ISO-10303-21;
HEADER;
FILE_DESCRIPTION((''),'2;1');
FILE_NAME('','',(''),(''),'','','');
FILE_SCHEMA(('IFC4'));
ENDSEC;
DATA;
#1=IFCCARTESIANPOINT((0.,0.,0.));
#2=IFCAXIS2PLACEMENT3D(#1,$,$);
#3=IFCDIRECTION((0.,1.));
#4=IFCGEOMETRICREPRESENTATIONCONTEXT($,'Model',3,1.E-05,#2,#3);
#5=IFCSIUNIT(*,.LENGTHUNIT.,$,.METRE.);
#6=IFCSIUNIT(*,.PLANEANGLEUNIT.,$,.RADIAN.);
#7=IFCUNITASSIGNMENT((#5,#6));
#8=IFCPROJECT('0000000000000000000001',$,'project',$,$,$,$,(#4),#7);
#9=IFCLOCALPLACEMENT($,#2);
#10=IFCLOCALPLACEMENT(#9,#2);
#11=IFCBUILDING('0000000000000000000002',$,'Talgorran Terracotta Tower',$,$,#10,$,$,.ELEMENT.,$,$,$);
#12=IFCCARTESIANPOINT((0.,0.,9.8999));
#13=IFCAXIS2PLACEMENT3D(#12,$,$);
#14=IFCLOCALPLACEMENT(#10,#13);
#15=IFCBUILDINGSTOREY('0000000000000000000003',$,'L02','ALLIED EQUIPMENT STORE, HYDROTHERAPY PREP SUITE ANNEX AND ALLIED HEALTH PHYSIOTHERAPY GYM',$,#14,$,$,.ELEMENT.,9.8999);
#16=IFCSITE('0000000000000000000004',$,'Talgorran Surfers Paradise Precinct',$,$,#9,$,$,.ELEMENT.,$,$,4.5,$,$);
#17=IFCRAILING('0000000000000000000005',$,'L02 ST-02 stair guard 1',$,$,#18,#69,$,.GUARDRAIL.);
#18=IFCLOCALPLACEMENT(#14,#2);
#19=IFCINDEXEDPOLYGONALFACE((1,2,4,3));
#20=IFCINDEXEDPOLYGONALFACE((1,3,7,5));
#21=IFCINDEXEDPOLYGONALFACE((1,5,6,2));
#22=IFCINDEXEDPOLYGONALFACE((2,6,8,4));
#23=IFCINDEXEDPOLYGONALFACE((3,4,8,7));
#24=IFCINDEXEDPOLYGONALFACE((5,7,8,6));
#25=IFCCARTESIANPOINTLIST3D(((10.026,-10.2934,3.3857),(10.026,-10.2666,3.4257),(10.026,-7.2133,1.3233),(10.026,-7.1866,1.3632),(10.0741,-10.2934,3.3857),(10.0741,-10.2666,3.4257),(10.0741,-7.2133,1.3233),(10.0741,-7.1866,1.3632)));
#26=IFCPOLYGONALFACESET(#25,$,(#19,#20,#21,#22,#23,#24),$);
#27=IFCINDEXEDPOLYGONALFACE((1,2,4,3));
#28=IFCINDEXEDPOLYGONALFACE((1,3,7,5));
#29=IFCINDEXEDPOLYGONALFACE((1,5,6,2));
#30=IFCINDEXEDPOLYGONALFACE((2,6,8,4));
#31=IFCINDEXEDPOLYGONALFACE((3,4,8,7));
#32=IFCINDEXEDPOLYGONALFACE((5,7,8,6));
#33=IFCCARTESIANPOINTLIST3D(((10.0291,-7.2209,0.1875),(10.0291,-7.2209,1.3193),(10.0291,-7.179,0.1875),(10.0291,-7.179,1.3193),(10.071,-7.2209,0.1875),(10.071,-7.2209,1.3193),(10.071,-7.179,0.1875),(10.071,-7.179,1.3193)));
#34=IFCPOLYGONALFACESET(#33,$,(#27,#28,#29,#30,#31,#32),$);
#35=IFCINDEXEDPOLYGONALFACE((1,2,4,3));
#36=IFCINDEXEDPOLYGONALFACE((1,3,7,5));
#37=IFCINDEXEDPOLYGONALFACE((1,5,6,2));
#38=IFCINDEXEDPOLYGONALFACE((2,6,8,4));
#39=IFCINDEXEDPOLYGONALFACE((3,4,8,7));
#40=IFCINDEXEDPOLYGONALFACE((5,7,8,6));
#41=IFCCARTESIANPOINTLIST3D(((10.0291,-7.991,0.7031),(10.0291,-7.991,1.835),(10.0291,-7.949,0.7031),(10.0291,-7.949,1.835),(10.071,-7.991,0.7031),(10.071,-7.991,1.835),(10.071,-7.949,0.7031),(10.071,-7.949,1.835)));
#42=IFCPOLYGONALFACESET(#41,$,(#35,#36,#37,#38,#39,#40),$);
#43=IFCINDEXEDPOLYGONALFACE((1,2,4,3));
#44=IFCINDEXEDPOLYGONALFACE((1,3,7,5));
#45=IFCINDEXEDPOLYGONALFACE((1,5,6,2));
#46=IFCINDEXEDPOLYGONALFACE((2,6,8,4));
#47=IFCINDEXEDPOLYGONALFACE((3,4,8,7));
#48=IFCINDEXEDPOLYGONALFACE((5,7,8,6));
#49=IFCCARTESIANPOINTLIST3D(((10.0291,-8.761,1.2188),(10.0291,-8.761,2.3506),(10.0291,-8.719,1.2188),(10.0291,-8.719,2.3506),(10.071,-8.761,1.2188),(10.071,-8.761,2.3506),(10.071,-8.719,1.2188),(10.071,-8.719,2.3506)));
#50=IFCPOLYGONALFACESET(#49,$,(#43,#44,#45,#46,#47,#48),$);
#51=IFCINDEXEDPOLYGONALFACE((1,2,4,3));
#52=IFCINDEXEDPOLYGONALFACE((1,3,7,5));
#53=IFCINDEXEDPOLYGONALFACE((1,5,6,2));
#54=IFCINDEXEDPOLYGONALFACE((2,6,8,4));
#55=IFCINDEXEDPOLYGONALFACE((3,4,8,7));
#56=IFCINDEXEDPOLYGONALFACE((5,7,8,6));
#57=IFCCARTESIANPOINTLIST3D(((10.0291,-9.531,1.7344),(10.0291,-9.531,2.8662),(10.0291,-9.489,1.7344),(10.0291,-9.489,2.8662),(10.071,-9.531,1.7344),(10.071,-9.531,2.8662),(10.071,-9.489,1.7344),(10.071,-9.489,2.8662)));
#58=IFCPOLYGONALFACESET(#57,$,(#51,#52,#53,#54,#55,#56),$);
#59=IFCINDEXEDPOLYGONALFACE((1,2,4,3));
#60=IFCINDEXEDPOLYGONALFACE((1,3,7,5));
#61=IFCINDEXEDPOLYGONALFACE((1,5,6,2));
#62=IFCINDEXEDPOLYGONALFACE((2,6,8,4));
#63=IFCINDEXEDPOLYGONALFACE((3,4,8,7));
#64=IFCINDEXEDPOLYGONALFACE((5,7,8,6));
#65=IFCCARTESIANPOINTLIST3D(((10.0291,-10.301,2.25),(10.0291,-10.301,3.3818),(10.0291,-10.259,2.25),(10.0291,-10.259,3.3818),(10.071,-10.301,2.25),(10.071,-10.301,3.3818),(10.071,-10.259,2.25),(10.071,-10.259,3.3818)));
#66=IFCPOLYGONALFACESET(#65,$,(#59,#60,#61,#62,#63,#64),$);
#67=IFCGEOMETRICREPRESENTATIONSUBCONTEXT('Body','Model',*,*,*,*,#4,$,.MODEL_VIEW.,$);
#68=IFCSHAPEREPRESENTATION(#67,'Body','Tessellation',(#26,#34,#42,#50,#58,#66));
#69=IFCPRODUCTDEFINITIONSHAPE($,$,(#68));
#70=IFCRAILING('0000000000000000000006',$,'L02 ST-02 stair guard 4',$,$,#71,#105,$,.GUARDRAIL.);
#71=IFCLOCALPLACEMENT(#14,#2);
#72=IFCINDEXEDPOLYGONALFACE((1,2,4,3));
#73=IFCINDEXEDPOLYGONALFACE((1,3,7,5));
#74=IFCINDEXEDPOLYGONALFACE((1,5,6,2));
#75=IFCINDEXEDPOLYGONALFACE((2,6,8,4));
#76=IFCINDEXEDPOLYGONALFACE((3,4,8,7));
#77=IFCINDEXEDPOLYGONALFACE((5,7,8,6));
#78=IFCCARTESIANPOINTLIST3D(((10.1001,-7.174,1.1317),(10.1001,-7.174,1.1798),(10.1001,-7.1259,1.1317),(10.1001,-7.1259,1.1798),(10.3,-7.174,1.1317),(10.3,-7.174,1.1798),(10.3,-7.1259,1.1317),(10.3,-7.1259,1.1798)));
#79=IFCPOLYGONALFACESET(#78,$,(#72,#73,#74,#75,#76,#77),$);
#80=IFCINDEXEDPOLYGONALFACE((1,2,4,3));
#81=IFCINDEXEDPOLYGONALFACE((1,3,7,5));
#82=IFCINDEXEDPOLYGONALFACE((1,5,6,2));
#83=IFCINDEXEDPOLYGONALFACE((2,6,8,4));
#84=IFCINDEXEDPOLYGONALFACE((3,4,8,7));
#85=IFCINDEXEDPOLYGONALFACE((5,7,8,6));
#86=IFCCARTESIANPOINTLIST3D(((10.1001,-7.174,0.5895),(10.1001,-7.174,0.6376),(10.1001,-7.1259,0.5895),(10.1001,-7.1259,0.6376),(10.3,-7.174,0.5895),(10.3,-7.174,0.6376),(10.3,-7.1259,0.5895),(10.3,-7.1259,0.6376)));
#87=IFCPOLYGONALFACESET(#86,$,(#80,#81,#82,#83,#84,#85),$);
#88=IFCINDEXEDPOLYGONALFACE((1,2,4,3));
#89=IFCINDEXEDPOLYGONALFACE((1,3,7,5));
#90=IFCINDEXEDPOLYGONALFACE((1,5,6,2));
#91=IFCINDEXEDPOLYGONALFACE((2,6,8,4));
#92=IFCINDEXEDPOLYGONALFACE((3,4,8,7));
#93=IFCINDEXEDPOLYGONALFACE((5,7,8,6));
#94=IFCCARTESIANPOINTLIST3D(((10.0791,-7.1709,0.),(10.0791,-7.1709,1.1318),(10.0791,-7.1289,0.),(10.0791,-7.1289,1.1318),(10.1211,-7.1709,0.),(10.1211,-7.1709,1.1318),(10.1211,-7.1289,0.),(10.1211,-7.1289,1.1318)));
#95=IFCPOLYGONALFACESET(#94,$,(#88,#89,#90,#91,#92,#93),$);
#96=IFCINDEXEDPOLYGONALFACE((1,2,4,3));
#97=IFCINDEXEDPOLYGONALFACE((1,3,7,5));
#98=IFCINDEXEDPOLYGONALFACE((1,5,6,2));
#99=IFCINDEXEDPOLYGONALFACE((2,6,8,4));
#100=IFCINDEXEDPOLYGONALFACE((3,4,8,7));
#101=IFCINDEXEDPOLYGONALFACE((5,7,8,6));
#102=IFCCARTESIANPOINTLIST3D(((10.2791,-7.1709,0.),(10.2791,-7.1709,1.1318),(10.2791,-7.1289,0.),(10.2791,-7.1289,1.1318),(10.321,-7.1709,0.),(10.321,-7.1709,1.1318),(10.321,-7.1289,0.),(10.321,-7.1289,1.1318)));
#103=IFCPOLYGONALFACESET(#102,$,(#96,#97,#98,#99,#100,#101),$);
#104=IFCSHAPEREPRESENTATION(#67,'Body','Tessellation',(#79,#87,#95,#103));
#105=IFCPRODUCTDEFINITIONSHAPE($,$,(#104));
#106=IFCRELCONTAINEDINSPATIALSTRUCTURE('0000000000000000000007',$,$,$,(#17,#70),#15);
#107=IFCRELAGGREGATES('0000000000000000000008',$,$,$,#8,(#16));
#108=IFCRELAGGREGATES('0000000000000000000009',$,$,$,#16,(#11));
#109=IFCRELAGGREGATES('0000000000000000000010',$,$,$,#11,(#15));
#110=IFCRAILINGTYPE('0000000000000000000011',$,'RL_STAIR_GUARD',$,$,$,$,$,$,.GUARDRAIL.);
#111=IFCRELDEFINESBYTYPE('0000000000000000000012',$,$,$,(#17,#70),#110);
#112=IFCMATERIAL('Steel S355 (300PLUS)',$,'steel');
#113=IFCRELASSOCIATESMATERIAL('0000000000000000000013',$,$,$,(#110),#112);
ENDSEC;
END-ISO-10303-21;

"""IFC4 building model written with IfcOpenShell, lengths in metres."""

from ifc_helpers import new_model, si_unit, direction, frame, origin, origin_2d, place, context, subcontext, project, spatial, rectangle, extrude, material, type_object, element, save


model = new_model("IFC4")

# Units and contexts
model_context = context("Model", 3, precision=1e-05, world=origin(), true_north=direction((0.0, 1.0)))
body_context = subcontext(model_context, "Body", "Model", "MODEL_VIEW")
ifc_project = project(units=[si_unit("LENGTHUNIT", "METRE"), si_unit("PLANEANGLEUNIT", "RADIAN")], contexts=[model_context])

# Site, building, storey
site_placement = place(None, origin())
site = spatial("IfcSite", under=ifc_project, at=site_placement, Name="Talgorran Surfers Paradise Precinct", CompositionType="ELEMENT", RefElevation=4.5)
building_placement = place(site_placement, origin())
building = spatial("IfcBuilding", under=site, at=building_placement, Name="Talgorran Terracotta Tower", CompositionType="ELEMENT")
storey_placement = place(building_placement, frame((0.0, 0.0, 9.8999)))
storey = spatial("IfcBuildingStorey", under=building, at=storey_placement, Name="L02", Description="ALLIED EQUIPMENT STORE, HYDROTHERAPY PREP SUITE ANNEX AND ALLIED HEALTH PHYSIOTHERAPY GYM", CompositionType="ELEMENT", Elevation=9.8999)

# Shared definitions
ifc_material_1 = material(Name="Steel S355 (300PLUS)", Category="steel")

# Railings
railing_type_1 = type_object("IfcRailingType", Name="RL_STAIR_GUARD", PredefinedType="GUARDRAIL", material=ifc_material_1)
railing_1_placement = place(storey_placement, frame((10.05, -7.2, 0.1875)))
element("IfcRailing", 1, at=railing_1_placement, inside=storey, type_object=railing_type_1, Name="L02 ST-02 stair guard 1", PredefinedType="GUARDRAIL", context=body_context, shape_type="SweptSolid", body=[
    extrude(rectangle(XDim=0.0481, YDim=0.0481, at=origin_2d()), frame((0.0, 0.0, 1.1558), z_axis=(0.0, -0.830914, 0.556401), x_axis=(1.0, 0.0, 0.0)), (0.0, 0.0, 1.0), 3.7068),
    extrude(rectangle(XDim=0.042, YDim=0.042, at=origin_2d()), origin(), (0.0, 0.0, 1.0), 1.1318),
    extrude(rectangle(XDim=0.042, YDim=0.042, at=origin_2d()), frame((0.0, -0.77, 0.5156)), (0.0, 0.0, 1.0), 1.1318),
    extrude(rectangle(XDim=0.042, YDim=0.042, at=origin_2d()), frame((0.0, -1.54, 1.0312)), (0.0, 0.0, 1.0), 1.1318),
    extrude(rectangle(XDim=0.042, YDim=0.042, at=origin_2d()), frame((0.0, -2.3101, 1.5469)), (0.0, 0.0, 1.0), 1.1318),
    extrude(rectangle(XDim=0.042, YDim=0.042, at=origin_2d()), frame((0.0, -3.0801, 2.0625)), (0.0, 0.0, 1.0), 1.1318),
])
railing_2_placement = place(storey_placement, frame((10.1001, -7.1499, 0.0)))
element("IfcRailing", 2, at=railing_2_placement, inside=storey, type_object=railing_type_1, Name="L02 ST-02 stair guard 4", PredefinedType="GUARDRAIL", context=body_context, shape_type="SweptSolid", body=[
    extrude(rectangle(XDim=0.0481, YDim=0.0481, at=origin_2d()), frame((0.0, 0.0, 1.1558), z_axis=(1.0, 0.0, 0.0), x_axis=(0.0, 1.0, 0.0)), (0.0, 0.0, 1.0), 0.2),
    extrude(rectangle(XDim=0.0481, YDim=0.0481, at=origin_2d()), frame((0.0, 0.0, 0.6135), z_axis=(1.0, 0.0, 0.0), x_axis=(0.0, 1.0, 0.0)), (0.0, 0.0, 1.0), 0.2),
    extrude(rectangle(XDim=0.042, YDim=0.042, at=origin_2d()), origin(), (0.0, 0.0, 1.0), 1.1318),
    extrude(rectangle(XDim=0.042, YDim=0.042, at=origin_2d()), frame((0.2, 0.0, 0.0)), (0.0, 0.0, 1.0), 1.1318),
])

save(model, "model.ifc")
